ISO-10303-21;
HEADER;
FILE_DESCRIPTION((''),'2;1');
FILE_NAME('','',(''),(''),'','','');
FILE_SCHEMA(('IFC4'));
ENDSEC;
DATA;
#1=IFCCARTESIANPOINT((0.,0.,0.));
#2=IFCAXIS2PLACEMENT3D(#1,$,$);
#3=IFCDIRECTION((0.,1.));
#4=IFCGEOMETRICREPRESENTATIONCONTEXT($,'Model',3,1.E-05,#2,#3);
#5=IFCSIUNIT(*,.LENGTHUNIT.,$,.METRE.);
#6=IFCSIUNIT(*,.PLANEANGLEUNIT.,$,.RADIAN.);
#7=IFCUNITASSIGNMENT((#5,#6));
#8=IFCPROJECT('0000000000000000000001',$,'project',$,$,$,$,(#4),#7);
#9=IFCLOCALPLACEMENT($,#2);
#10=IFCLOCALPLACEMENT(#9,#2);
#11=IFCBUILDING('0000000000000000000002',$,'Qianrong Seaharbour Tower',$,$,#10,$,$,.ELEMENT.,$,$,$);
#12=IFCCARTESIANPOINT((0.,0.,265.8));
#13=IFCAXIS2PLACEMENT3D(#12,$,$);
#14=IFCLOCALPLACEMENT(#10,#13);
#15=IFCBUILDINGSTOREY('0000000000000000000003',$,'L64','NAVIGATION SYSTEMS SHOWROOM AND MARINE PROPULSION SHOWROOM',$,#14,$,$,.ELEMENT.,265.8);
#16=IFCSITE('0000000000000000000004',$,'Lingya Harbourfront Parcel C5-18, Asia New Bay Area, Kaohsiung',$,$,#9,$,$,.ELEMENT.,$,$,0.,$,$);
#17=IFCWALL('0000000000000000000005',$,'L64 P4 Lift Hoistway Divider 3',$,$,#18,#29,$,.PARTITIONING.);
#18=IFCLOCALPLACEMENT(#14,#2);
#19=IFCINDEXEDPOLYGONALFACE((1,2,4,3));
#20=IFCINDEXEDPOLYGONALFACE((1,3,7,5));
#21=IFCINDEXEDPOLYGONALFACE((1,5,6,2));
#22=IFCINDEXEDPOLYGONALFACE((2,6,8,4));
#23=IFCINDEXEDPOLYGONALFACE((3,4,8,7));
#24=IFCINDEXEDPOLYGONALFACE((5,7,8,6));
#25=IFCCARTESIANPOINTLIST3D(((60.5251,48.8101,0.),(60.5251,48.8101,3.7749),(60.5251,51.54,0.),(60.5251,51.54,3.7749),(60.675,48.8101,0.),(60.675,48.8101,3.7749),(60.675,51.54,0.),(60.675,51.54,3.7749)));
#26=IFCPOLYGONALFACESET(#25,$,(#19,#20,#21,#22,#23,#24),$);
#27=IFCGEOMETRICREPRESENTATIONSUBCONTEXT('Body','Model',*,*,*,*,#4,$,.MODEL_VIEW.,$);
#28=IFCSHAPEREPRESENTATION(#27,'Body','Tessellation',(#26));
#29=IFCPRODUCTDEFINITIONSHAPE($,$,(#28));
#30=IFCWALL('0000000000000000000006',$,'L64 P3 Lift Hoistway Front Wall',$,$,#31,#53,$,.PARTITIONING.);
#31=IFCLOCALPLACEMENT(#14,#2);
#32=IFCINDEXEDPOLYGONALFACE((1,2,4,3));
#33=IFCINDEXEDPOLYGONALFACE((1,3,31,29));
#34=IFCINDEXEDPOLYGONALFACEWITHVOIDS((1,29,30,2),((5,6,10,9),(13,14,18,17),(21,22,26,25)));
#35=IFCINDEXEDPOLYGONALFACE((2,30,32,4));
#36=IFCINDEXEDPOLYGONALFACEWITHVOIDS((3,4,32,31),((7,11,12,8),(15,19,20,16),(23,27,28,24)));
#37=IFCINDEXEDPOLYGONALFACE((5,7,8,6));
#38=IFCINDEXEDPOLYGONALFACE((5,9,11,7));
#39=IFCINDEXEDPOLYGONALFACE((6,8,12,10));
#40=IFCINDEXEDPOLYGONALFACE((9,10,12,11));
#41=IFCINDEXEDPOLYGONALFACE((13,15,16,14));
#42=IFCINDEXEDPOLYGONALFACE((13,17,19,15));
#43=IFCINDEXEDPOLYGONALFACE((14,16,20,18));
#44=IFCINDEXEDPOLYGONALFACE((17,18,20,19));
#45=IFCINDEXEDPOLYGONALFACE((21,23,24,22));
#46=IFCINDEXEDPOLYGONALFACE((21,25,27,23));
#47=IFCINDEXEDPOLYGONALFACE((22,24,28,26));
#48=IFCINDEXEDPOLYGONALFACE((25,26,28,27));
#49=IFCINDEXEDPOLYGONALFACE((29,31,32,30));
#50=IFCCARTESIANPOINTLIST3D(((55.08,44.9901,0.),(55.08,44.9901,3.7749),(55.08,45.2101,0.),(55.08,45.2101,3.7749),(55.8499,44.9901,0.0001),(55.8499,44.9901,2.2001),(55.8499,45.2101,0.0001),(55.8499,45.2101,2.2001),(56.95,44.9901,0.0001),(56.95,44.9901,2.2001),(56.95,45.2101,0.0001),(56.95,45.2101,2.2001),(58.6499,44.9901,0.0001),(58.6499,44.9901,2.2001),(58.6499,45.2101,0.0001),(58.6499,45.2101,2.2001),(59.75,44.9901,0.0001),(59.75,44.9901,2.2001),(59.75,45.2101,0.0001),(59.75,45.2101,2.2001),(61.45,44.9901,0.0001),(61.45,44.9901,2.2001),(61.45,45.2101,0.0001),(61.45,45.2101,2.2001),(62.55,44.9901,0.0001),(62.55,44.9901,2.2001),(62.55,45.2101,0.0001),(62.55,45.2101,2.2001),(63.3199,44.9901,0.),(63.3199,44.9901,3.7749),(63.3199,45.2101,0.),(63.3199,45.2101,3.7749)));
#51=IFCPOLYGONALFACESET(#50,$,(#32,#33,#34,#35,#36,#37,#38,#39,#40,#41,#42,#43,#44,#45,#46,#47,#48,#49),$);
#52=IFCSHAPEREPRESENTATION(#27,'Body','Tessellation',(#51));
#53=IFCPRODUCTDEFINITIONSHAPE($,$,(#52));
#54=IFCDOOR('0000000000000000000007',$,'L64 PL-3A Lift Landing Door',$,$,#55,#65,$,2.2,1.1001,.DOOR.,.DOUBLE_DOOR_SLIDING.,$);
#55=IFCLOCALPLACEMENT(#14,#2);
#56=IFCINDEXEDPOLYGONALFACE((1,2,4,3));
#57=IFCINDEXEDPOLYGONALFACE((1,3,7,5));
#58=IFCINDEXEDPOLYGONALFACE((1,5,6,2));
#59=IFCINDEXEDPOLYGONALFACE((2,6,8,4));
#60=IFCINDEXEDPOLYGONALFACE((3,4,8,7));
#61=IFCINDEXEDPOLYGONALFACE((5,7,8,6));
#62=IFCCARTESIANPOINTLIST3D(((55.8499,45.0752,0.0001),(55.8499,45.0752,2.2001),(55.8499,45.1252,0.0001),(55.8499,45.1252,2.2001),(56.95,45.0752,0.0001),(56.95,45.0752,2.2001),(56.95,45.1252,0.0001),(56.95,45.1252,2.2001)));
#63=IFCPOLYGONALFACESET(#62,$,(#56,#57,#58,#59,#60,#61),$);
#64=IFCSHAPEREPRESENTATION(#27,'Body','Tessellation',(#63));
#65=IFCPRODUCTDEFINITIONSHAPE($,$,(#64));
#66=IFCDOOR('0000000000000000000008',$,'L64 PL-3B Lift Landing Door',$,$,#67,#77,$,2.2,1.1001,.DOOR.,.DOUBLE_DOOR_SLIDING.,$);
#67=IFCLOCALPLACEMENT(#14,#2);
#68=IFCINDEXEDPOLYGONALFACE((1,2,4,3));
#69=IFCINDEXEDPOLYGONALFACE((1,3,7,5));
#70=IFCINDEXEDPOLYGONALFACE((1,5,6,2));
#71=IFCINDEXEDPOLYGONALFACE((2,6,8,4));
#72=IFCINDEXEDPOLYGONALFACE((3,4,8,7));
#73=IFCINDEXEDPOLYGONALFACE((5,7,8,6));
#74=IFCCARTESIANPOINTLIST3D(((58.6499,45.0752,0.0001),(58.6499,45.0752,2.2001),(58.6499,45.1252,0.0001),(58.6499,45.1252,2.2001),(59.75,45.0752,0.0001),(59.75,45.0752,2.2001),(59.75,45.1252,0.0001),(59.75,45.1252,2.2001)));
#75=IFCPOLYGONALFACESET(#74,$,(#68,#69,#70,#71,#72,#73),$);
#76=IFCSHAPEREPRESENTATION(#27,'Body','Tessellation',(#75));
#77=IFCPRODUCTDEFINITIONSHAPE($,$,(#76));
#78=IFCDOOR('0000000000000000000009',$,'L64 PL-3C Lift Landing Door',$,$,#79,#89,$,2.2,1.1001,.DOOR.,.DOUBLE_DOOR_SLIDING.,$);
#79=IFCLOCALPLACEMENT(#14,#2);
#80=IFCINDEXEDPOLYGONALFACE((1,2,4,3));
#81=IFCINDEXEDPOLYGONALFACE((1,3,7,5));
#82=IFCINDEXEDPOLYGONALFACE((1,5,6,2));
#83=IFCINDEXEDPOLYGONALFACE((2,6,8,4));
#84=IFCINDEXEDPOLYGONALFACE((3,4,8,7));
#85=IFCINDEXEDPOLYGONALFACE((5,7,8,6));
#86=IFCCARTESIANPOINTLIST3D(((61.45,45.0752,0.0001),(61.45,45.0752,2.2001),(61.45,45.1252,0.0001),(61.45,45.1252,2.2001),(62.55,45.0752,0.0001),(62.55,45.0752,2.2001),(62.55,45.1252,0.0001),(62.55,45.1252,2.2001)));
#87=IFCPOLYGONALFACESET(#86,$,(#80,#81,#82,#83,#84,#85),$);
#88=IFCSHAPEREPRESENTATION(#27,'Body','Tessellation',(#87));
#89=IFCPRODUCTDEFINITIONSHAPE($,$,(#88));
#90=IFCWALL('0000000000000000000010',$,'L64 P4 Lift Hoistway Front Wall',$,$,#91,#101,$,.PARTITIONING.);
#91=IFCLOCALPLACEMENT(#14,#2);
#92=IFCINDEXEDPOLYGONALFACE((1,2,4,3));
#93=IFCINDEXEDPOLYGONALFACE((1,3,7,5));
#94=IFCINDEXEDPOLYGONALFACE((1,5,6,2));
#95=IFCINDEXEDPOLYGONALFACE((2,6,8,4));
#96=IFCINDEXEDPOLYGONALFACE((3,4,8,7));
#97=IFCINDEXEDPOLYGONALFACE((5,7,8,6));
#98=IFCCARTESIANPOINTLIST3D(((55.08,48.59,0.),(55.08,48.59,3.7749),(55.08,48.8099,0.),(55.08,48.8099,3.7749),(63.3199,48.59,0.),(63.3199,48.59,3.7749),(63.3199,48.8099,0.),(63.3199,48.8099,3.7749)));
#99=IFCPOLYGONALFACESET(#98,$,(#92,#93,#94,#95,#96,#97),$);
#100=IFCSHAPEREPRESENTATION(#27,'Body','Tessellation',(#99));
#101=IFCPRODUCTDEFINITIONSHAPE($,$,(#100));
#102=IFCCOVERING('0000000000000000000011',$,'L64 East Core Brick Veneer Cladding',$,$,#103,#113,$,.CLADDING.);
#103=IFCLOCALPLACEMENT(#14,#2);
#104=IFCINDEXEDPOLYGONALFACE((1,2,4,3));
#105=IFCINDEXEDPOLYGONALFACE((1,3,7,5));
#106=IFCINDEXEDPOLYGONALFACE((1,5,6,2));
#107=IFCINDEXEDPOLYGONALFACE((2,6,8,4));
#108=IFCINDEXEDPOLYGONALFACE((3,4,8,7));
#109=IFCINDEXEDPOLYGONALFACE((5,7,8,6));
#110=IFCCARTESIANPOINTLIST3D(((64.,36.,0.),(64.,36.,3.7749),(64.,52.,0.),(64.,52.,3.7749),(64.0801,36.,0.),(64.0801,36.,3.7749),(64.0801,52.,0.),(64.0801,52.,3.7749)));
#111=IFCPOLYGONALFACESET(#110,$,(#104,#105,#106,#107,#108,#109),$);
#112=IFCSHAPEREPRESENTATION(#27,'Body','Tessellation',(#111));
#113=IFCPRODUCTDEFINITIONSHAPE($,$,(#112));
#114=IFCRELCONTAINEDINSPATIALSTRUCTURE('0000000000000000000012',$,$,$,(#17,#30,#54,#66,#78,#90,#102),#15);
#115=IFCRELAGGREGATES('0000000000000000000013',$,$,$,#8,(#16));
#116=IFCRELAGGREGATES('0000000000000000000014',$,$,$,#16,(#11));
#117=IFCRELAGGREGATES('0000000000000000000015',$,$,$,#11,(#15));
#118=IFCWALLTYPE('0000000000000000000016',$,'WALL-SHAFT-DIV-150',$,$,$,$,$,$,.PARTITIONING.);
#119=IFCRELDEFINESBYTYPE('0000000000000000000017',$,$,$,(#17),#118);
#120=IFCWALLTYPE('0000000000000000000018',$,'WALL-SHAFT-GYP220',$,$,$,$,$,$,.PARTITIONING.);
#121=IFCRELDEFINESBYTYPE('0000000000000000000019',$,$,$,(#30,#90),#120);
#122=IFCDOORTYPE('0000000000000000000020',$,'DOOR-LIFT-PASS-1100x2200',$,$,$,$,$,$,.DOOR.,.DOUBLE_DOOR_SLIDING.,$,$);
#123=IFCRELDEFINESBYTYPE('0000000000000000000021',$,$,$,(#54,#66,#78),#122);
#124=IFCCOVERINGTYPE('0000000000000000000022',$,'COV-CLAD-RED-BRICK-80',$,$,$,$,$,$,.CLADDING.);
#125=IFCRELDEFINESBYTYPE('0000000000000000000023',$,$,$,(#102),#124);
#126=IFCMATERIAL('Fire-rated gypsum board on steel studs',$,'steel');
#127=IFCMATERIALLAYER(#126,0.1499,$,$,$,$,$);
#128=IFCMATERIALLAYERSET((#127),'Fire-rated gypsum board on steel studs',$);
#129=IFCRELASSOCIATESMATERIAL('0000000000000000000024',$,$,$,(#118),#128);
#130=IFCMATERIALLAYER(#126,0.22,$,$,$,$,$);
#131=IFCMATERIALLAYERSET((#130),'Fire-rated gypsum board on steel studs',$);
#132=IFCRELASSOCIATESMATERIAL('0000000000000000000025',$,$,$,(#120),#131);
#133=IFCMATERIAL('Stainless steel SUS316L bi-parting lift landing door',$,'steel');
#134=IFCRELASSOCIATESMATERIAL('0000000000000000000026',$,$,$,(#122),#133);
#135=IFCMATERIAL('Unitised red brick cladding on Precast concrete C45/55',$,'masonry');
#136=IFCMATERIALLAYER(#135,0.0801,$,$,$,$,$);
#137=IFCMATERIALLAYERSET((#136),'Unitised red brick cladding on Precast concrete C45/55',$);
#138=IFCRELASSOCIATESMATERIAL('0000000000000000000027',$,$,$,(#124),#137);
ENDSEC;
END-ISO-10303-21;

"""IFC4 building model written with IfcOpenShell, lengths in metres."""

from ifc_helpers import new_model, si_unit, direction, frame, frame_2d, origin, origin_2d, place, context, subcontext, project, spatial, rectangle, extrude, material, layer, layer_set, type_object, element, fill, save


model = new_model("IFC4")

# Units and contexts
model_context = context("Model", 3, precision=1e-05, world=origin(), true_north=direction((0.0, 1.0)))
body_context = subcontext(model_context, "Body", "Model", "MODEL_VIEW")
ifc_project = project(units=[si_unit("LENGTHUNIT", "METRE"), si_unit("PLANEANGLEUNIT", "RADIAN")], contexts=[model_context])

# Site, building, storey
site_placement = place(None, origin())
site = spatial("IfcSite", under=ifc_project, at=site_placement, Name="Lingya Harbourfront Parcel C5-18, Asia New Bay Area, Kaohsiung", CompositionType="ELEMENT", RefElevation=0.0)
building_placement = place(site_placement, origin())
building = spatial("IfcBuilding", under=site, at=building_placement, Name="Qianrong Seaharbour Tower", CompositionType="ELEMENT")
storey_placement = place(building_placement, frame((0.0, 0.0, 265.8)))
storey = spatial("IfcBuildingStorey", under=building, at=storey_placement, Name="L64", Description="NAVIGATION SYSTEMS SHOWROOM AND MARINE PROPULSION SHOWROOM", CompositionType="ELEMENT", Elevation=265.8)

# Wall
ifc_material_1 = material(Name="Fire-rated gypsum board on steel studs", Category="steel")
ifc_layer_1 = layer(ifc_material_1, 0.1499)
ifc_layer_set_1 = layer_set([ifc_layer_1], Name="Fire-rated gypsum board on steel studs")
wall_type_1 = type_object("IfcWallType", Name="WALL-SHAFT-DIV-150", PredefinedType="PARTITIONING", material=ifc_layer_set_1)
for number, where, z_axis, x_axis, name in (
    (1, (60.6001, 48.8101, 0.0), (0.0, 0.0, 1.0), (0.0, 1.0, 0.0), "L64 P4 Lift Hoistway Divider 3"),
):
    element("IfcWall", number, at=place(storey_placement, frame(where, z_axis=z_axis, x_axis=x_axis)), inside=storey, type_object=wall_type_1, Name=name, PredefinedType="PARTITIONING", context=body_context, shape_type="SweptSolid", body=[
        extrude(rectangle(XDim=2.73, YDim=0.1499, at=frame_2d((1.365, 0.0))), origin(), (0.0, 0.0, 1.0), 3.7749),
    ])

# Wall, openings, doors
ifc_layer_2 = layer(ifc_material_1, 0.22)
ifc_layer_set_2 = layer_set([ifc_layer_2], Name="Fire-rated gypsum board on steel studs")
wall_type_2 = type_object("IfcWallType", Name="WALL-SHAFT-GYP220", PredefinedType="PARTITIONING", material=ifc_layer_set_2)
wall_1_placement = place(storey_placement, frame((63.3201, 45.1001, 0.0), z_axis=(0.0, 0.0, 1.0), x_axis=(-1.0, 0.0, 0.0)))
wall_1 = element("IfcWall", 2, at=wall_1_placement, inside=storey, type_object=wall_type_2, Name="L64 P3 Lift Hoistway Front Wall", PredefinedType="PARTITIONING", context=body_context, shape_type="SweptSolid", body=[
    extrude(rectangle(XDim=8.24, YDim=0.22, at=frame_2d((4.1201, 0.0))), origin(), (0.0, 0.0, 1.0), 3.7749),
])
opening_1_placement = place(wall_1_placement, frame((6.3701, 0.0, 0.0)))
opening_1 = element("IfcOpeningElement", 3, at=opening_1_placement, cuts=wall_1, PredefinedType="OPENING", context=body_context, shape_type="SweptSolid", body=[
    extrude(rectangle(XDim=1.1001, YDim=2.2, at=frame_2d((0.55, 1.1001))), frame((0.0, 0.1201, 0.0), z_axis=(0.0, -1.0, 0.0), x_axis=(1.0, 0.0, 0.0)), (0.0, 0.0, 1.0), 0.24),
])
opening_2_placement = place(wall_1_placement, frame((3.5701, 0.0, 0.0)))
opening_2 = element("IfcOpeningElement", 4, at=opening_2_placement, cuts=wall_1, PredefinedType="OPENING", context=body_context, shape_type="SweptSolid", body=[
    extrude(rectangle(XDim=1.1001, YDim=2.2, at=frame_2d((0.55, 1.1001))), frame((0.0, 0.1201, 0.0), z_axis=(0.0, -1.0, 0.0), x_axis=(1.0, 0.0, 0.0)), (0.0, 0.0, 1.0), 0.24),
])
opening_3_placement = place(wall_1_placement, frame((0.77, 0.0, 0.0)))
opening_3 = element("IfcOpeningElement", 5, at=opening_3_placement, cuts=wall_1, PredefinedType="OPENING", context=body_context, shape_type="SweptSolid", body=[
    extrude(rectangle(XDim=1.1001, YDim=2.2, at=frame_2d((0.55, 1.1001))), frame((0.0, 0.1201, 0.0), z_axis=(0.0, -1.0, 0.0), x_axis=(1.0, 0.0, 0.0)), (0.0, 0.0, 1.0), 0.24),
])
ifc_material_2 = material(Name="Stainless steel SUS316L bi-parting lift landing door", Category="steel")
door_type_1 = type_object("IfcDoorType", Name="DOOR-LIFT-PASS-1100x2200", OperationType="DOUBLE_DOOR_SLIDING", PredefinedType="DOOR", material=ifc_material_2)
door_1_placement = place(opening_1_placement, origin())
door_1 = element("IfcDoor", 6, at=door_1_placement, inside=storey, type_object=door_type_1, Name="L64 PL-3A Lift Landing Door", OperationType="DOUBLE_DOOR_SLIDING", OverallHeight=2.2, OverallWidth=1.1001, PredefinedType="DOOR", context=body_context, shape_type="SweptSolid", body=[
    extrude(rectangle(XDim=1.1001, YDim=2.2, at=frame_2d((0.55, 1.1001))), frame((0.0, 0.0249, 0.0), z_axis=(0.0, -1.0, 0.0), x_axis=(1.0, 0.0, 0.0)), (0.0, 0.0, 1.0), 0.05),
])
fill(opening_1, door_1)
door_2_placement = place(opening_2_placement, origin())
door_2 = element("IfcDoor", 7, at=door_2_placement, inside=storey, type_object=door_type_1, Name="L64 PL-3B Lift Landing Door", OperationType="DOUBLE_DOOR_SLIDING", OverallHeight=2.2, OverallWidth=1.1001, PredefinedType="DOOR", context=body_context, shape_type="SweptSolid", body=[
    extrude(rectangle(XDim=1.1001, YDim=2.2, at=frame_2d((0.55, 1.1001))), frame((0.0, 0.0249, 0.0), z_axis=(0.0, -1.0, 0.0), x_axis=(1.0, 0.0, 0.0)), (0.0, 0.0, 1.0), 0.05),
])
fill(opening_2, door_2)
door_3_placement = place(opening_3_placement, origin())
door_3 = element("IfcDoor", 8, at=door_3_placement, inside=storey, type_object=door_type_1, Name="L64 PL-3C Lift Landing Door", OperationType="DOUBLE_DOOR_SLIDING", OverallHeight=2.2, OverallWidth=1.1001, PredefinedType="DOOR", context=body_context, shape_type="SweptSolid", body=[
    extrude(rectangle(XDim=1.1001, YDim=2.2, at=frame_2d((0.55, 1.1001))), frame((0.0, 0.0249, 0.0), z_axis=(0.0, -1.0, 0.0), x_axis=(1.0, 0.0, 0.0)), (0.0, 0.0, 1.0), 0.05),
])
fill(opening_3, door_3)

# Wall
wall_2_placement = place(storey_placement, frame((63.3201, 48.7, 0.0), z_axis=(0.0, 0.0, 1.0), x_axis=(-1.0, 0.0, 0.0)))
element("IfcWall", 9, at=wall_2_placement, inside=storey, type_object=wall_type_2, Name="L64 P4 Lift Hoistway Front Wall", PredefinedType="PARTITIONING", context=body_context, shape_type="SweptSolid", body=[
    extrude(rectangle(XDim=8.24, YDim=0.22, at=frame_2d((4.1201, 0.0))), origin(), (0.0, 0.0, 1.0), 3.7749),
])

# Covering
ifc_material_3 = material(Name="Unitised red brick cladding on Precast concrete C45/55", Category="masonry")
ifc_layer_3 = layer(ifc_material_3, 0.0801)
ifc_layer_set_3 = layer_set([ifc_layer_3], Name="Unitised red brick cladding on Precast concrete C45/55")
covering_type = type_object("IfcCoveringType", Name="COV-CLAD-RED-BRICK-80", PredefinedType="CLADDING", material=ifc_layer_set_3)
covering_placement = place(storey_placement, frame((64.04, 44.0, 0.0), z_axis=(0.0, 0.0, 1.0), x_axis=(1.0, 0.0, 0.0)))
element("IfcCovering", 10, at=covering_placement, inside=storey, type_object=covering_type, Name="L64 East Core Brick Veneer Cladding", PredefinedType="CLADDING", context=body_context, shape_type="SweptSolid", body=[
    extrude(rectangle(XDim=0.0801, YDim=16.0, at=origin_2d()), origin(), (0.0, 0.0, 1.0), 3.7749),
])

save(model, "model.ifc")
